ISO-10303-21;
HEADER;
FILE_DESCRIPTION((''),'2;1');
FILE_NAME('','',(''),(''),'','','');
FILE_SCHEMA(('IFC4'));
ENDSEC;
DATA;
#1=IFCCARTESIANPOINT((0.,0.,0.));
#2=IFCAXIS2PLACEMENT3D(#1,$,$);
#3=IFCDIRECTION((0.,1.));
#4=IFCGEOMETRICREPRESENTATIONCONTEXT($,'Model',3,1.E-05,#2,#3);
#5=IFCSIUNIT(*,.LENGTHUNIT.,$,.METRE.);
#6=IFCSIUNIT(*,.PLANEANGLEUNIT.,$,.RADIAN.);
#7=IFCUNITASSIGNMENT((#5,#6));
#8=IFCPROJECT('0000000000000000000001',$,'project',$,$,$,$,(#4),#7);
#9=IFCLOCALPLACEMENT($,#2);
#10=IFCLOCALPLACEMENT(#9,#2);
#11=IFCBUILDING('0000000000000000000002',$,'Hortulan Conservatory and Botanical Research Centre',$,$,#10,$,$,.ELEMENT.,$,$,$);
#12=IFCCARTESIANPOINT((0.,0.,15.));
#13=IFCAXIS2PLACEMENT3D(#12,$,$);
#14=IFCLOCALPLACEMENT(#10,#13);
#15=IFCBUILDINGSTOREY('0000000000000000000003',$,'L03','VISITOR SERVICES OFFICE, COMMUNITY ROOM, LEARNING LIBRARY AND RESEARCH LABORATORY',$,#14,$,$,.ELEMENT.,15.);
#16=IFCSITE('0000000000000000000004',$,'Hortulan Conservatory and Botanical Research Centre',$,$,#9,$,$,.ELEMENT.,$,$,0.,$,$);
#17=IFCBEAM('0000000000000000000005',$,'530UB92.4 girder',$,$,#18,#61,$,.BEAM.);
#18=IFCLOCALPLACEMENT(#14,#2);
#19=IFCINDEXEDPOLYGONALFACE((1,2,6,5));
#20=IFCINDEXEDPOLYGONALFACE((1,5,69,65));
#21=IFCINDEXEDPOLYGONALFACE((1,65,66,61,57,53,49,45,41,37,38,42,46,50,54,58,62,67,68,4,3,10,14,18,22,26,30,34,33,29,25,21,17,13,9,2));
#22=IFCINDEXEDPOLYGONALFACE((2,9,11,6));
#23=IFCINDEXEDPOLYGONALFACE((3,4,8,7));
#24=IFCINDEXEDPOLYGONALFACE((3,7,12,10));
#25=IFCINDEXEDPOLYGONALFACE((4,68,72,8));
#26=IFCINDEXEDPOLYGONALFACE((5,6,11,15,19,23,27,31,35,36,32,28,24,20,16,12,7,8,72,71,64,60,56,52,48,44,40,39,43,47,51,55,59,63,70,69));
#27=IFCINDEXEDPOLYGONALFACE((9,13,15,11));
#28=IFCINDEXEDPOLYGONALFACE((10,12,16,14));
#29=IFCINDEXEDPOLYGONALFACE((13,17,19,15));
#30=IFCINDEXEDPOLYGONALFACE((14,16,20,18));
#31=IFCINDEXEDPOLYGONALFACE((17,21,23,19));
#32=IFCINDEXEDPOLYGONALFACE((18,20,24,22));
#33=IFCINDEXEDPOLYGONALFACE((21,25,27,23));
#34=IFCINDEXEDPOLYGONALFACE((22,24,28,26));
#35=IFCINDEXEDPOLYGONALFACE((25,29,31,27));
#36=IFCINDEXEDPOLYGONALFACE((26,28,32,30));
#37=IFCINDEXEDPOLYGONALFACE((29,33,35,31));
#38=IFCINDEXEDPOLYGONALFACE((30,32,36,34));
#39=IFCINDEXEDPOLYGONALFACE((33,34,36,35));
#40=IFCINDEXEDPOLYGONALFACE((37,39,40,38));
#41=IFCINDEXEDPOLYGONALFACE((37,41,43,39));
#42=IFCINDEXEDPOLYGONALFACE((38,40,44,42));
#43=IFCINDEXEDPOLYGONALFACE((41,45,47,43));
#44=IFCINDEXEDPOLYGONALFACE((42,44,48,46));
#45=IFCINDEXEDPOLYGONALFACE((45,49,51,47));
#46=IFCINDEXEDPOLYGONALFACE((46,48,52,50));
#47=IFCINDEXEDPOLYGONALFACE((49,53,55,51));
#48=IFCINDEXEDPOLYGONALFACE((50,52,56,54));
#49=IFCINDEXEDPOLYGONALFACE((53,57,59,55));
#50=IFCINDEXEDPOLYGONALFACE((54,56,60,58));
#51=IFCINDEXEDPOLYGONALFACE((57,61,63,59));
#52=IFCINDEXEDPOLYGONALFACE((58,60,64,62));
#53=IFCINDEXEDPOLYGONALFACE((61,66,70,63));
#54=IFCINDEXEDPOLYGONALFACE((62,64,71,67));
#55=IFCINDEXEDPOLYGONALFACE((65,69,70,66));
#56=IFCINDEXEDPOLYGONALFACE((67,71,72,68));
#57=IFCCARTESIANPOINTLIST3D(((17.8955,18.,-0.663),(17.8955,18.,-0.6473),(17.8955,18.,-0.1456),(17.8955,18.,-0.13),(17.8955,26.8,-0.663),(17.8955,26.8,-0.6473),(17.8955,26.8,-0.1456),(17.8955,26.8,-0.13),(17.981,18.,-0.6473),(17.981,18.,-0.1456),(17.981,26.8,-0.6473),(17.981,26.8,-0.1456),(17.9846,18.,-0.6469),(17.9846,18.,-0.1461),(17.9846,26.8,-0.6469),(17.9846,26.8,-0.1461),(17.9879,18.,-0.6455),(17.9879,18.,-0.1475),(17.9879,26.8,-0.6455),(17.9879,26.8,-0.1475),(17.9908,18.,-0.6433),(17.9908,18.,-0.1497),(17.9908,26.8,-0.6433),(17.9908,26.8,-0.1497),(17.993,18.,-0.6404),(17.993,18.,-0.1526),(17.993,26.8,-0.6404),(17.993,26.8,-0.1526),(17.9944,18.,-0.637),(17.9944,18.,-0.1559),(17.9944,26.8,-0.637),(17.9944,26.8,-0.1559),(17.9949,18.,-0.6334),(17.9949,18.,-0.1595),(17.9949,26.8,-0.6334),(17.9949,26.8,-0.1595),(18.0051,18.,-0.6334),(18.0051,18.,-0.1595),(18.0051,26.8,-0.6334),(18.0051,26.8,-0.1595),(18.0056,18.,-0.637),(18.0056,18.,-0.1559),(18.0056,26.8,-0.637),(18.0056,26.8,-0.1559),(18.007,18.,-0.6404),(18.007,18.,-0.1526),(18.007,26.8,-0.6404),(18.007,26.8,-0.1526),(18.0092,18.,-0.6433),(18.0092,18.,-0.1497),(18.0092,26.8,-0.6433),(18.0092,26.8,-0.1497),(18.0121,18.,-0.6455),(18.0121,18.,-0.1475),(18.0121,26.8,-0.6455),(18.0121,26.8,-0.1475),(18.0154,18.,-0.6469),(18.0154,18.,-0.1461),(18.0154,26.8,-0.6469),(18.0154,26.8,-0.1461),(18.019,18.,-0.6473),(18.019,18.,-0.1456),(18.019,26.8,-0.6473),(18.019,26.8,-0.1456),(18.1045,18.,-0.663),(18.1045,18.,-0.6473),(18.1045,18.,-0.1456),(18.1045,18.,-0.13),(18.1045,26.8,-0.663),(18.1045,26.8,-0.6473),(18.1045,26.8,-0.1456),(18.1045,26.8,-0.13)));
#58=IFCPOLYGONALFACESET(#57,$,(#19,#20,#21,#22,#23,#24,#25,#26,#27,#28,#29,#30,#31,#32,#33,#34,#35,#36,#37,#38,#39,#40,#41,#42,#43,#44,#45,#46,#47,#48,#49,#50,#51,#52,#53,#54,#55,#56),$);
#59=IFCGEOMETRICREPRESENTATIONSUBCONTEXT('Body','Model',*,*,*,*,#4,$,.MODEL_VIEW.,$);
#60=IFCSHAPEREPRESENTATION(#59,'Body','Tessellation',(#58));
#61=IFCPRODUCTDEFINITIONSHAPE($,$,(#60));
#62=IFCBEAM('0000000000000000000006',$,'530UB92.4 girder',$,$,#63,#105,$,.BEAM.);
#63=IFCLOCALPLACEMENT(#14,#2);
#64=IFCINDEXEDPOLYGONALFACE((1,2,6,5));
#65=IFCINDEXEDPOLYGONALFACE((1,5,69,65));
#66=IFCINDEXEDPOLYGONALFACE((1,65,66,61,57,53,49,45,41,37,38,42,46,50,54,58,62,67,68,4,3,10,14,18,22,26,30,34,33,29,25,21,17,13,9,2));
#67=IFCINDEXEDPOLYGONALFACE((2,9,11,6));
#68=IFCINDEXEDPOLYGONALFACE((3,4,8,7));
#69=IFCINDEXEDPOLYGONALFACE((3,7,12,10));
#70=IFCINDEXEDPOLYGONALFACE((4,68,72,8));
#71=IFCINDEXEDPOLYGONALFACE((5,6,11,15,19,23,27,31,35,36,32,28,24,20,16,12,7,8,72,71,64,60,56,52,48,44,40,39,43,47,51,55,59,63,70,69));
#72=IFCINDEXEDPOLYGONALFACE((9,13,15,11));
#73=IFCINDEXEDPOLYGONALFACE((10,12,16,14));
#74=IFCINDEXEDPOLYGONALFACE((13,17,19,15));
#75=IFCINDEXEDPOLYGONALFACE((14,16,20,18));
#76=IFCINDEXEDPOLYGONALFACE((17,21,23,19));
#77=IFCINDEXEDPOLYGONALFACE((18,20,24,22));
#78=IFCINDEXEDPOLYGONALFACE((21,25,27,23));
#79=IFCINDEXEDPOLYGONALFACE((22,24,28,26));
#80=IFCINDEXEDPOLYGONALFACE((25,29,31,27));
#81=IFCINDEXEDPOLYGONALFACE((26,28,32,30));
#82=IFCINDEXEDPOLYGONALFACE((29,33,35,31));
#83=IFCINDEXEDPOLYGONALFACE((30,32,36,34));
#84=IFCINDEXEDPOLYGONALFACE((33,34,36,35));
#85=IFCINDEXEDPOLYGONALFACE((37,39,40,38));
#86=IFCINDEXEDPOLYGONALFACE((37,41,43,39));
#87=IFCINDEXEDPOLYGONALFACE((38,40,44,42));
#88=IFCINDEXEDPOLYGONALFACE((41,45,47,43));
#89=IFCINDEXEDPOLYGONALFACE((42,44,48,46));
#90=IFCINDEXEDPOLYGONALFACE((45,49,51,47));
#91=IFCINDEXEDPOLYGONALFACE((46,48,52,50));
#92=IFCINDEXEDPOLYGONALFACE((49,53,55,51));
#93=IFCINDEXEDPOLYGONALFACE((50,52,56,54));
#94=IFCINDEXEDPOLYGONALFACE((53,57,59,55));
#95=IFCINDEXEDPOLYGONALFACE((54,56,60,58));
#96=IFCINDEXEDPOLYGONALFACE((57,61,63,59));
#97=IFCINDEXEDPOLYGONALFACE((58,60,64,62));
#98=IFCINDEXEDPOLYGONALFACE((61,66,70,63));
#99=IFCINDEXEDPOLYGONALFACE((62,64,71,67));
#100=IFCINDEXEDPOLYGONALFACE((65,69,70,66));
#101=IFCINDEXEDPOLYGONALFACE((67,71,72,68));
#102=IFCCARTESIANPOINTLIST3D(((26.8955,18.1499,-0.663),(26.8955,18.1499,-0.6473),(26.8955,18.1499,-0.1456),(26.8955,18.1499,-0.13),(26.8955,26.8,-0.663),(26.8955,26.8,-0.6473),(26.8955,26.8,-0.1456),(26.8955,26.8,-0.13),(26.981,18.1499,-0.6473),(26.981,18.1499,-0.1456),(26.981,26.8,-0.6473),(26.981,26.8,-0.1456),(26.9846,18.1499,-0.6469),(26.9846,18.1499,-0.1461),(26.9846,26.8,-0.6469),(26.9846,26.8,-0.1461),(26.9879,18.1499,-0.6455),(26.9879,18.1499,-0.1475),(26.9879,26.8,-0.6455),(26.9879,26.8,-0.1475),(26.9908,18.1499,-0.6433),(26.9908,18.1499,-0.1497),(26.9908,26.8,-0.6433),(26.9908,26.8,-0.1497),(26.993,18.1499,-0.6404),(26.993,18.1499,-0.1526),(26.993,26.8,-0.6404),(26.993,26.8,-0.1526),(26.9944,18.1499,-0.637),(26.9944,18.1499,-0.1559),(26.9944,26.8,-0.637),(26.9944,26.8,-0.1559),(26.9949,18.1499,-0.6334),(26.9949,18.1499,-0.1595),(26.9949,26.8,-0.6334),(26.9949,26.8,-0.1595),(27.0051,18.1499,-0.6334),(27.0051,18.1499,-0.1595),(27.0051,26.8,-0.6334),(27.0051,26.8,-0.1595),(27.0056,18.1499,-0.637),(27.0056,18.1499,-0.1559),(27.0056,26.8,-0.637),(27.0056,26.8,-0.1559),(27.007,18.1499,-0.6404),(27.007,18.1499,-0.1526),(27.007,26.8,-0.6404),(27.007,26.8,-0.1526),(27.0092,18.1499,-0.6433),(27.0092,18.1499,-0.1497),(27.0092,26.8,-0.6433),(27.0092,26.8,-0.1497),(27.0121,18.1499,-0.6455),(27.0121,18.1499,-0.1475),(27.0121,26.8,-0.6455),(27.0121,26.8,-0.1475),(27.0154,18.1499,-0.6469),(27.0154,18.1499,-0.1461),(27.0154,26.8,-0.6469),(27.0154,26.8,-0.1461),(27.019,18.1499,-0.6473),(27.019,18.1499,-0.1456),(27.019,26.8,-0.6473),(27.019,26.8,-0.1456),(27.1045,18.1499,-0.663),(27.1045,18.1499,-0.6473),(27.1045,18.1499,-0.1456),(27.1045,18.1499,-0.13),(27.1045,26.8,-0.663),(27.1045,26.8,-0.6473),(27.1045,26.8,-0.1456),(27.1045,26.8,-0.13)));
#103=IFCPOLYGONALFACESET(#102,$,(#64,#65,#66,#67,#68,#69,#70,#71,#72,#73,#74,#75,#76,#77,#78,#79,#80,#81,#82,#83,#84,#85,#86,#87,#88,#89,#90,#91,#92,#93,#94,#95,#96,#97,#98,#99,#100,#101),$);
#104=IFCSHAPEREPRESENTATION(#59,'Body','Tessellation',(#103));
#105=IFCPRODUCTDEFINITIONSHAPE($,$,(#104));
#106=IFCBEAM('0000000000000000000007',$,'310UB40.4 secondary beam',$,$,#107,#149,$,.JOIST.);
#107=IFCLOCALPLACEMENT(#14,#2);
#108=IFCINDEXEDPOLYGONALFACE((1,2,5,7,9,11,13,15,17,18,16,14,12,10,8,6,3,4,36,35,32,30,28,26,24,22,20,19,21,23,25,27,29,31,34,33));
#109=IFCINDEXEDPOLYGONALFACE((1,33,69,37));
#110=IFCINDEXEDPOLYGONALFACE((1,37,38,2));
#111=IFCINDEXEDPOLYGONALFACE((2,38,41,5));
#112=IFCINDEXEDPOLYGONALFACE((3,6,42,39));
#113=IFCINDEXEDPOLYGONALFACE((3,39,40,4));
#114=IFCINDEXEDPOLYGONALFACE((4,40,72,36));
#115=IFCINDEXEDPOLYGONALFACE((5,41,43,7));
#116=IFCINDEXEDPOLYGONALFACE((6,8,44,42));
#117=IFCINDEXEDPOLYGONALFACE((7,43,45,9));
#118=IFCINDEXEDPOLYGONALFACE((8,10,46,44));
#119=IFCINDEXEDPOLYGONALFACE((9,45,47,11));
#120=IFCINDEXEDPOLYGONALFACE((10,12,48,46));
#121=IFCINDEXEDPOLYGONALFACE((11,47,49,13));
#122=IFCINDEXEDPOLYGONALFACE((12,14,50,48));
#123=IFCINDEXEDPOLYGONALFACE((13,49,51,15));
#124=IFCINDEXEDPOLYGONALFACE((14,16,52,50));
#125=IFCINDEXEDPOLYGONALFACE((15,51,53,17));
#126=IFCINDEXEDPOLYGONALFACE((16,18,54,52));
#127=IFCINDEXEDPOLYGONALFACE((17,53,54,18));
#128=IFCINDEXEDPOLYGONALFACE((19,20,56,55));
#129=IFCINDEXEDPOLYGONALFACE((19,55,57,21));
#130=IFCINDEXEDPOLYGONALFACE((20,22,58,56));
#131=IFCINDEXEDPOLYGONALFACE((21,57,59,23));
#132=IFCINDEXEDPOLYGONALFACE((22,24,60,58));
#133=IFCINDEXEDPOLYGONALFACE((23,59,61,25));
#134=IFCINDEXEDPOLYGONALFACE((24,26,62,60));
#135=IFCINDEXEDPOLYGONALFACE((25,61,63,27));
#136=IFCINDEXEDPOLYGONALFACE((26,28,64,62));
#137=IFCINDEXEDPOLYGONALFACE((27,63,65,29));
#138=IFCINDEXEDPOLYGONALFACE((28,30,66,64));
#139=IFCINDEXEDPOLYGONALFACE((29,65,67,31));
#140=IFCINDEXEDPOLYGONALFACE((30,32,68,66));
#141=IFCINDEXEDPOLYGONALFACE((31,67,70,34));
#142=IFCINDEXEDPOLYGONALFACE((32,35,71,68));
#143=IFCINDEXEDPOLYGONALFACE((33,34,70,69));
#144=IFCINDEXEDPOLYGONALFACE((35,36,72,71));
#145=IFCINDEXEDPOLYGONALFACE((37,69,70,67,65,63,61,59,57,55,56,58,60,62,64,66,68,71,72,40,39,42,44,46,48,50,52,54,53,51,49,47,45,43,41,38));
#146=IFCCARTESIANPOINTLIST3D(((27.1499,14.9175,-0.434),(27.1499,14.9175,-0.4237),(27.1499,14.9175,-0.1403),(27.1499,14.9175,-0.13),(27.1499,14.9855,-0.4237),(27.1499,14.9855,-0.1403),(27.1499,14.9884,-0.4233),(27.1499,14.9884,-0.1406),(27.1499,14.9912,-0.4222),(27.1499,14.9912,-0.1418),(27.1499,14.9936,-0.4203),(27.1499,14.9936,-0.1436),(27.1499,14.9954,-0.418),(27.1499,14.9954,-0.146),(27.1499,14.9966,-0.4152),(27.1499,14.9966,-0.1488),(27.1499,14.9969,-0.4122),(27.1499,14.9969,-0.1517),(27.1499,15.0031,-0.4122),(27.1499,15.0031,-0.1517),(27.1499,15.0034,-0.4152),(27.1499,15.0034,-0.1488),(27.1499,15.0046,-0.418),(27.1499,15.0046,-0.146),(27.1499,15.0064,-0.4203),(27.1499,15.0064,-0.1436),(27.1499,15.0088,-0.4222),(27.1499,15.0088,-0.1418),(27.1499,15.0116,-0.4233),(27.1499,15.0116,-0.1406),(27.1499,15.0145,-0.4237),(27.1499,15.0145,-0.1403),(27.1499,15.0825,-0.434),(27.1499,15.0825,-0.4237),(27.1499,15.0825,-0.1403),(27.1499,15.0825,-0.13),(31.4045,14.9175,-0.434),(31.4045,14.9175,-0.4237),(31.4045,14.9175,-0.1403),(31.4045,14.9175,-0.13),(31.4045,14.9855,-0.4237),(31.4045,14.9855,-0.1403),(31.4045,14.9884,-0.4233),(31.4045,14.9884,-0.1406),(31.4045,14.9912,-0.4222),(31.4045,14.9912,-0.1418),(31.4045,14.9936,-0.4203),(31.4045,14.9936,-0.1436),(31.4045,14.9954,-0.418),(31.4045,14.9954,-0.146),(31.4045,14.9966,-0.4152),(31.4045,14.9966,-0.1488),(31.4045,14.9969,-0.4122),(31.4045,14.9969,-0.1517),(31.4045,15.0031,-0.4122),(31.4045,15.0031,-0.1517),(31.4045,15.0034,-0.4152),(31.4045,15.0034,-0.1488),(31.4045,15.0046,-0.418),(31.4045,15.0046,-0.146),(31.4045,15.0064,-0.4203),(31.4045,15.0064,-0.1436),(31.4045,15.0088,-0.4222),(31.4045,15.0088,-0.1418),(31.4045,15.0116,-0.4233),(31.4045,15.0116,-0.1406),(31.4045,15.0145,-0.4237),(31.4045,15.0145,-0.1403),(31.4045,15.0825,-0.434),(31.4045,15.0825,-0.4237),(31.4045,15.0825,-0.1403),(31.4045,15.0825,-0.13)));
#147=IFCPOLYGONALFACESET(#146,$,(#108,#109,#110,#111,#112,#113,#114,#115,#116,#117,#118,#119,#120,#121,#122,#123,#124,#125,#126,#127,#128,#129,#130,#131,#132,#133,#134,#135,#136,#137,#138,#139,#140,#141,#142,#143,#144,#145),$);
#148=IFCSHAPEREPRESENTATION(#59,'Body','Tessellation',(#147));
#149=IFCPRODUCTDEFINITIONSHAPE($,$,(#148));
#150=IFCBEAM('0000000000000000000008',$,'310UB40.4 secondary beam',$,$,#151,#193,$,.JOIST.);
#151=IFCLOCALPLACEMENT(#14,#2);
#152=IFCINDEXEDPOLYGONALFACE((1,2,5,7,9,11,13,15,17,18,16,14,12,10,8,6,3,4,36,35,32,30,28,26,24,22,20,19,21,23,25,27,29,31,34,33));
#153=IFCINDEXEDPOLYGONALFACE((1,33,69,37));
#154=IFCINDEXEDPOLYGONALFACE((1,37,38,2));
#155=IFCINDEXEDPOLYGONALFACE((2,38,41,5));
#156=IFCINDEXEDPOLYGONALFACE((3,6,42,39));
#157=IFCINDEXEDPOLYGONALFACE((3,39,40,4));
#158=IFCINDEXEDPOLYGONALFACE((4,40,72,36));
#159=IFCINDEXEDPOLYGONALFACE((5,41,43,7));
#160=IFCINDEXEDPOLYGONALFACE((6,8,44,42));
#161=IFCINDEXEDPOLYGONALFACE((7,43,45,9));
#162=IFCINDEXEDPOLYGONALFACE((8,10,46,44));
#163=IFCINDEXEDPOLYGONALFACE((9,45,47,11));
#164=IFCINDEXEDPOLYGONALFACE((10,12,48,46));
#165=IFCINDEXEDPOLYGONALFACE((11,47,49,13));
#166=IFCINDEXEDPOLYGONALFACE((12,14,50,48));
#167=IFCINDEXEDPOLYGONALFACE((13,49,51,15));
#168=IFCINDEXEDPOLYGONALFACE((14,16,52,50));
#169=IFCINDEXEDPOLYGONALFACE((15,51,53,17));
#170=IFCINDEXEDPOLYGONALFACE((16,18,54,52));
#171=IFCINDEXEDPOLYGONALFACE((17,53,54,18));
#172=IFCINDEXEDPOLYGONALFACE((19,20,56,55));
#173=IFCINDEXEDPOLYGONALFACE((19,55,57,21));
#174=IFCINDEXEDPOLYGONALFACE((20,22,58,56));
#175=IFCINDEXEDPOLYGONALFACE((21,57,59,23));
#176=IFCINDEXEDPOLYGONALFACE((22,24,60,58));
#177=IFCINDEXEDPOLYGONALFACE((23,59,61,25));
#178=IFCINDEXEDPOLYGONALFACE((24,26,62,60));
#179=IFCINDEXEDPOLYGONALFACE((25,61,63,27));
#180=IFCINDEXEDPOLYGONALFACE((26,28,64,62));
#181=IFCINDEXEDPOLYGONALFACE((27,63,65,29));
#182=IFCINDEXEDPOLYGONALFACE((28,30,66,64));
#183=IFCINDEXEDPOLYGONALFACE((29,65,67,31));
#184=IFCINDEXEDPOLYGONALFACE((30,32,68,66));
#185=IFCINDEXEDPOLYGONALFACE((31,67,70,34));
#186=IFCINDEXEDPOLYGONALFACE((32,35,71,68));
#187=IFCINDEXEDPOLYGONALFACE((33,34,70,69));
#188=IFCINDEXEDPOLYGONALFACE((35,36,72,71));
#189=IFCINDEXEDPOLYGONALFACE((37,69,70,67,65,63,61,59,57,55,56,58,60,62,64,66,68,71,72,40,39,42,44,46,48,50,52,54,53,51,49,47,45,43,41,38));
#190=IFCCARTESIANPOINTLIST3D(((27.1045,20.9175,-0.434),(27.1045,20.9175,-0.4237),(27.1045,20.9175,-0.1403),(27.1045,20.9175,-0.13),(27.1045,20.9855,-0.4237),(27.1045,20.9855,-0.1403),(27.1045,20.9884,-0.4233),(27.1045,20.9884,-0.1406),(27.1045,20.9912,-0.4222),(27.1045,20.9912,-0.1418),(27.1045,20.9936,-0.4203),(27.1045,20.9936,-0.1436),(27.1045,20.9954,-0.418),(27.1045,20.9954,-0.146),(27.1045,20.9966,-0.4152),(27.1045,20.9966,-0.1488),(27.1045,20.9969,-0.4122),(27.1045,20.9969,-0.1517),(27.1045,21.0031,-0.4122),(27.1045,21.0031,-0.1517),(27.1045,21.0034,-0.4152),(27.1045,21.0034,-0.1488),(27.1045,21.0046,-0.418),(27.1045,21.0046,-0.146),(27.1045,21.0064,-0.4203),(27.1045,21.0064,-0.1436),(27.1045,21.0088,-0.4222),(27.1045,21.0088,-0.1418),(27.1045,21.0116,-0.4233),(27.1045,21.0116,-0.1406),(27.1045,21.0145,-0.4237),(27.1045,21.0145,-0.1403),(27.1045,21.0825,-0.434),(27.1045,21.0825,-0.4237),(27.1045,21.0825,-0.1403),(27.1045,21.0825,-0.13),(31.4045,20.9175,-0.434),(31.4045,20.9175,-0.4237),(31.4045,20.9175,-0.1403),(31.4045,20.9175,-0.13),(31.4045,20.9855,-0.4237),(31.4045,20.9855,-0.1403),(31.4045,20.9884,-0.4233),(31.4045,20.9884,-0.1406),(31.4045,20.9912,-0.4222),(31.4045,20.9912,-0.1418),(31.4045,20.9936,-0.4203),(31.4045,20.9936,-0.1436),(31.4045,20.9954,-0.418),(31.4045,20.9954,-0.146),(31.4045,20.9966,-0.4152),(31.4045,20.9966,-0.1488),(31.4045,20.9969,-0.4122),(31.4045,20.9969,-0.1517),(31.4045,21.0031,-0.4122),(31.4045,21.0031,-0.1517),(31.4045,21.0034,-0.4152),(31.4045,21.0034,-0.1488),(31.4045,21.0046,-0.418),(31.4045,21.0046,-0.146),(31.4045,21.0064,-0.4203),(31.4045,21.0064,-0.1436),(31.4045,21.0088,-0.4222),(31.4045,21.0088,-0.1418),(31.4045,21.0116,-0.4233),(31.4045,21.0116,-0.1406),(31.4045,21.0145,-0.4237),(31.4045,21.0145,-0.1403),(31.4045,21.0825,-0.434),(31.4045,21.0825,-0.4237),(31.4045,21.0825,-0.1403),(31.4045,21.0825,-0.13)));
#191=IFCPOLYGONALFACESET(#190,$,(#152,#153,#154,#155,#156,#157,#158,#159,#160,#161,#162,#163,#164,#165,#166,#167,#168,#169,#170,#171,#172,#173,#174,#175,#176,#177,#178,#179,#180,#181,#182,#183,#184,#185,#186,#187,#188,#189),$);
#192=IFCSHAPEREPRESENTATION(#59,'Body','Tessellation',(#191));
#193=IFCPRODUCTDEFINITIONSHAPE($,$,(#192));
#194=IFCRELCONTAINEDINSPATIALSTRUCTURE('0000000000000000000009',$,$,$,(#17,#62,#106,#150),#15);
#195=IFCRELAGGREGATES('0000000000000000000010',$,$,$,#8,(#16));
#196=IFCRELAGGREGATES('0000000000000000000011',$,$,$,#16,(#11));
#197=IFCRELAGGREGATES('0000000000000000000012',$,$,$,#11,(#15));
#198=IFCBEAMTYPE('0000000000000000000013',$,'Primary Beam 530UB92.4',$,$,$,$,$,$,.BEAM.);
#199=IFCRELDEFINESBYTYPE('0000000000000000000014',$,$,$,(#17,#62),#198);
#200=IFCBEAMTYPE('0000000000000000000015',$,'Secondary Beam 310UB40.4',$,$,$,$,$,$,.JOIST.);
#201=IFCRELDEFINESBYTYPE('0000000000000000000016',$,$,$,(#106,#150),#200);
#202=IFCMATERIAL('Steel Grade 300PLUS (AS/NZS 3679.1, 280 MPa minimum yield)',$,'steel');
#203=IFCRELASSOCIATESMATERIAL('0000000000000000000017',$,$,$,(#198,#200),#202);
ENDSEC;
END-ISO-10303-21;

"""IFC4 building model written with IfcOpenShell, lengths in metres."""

from ifc_helpers import new_model, si_unit, direction, frame, origin, origin_2d, place, context, subcontext, project, spatial, i_section, extrude, material, material_profile, profile_set, type_object, element, save


model = new_model("IFC4")

# Units and contexts
model_context = context("Model", 3, precision=1e-05, world=origin(), true_north=direction((0.0, 1.0)))
body_context = subcontext(model_context, "Body", "Model", "MODEL_VIEW")
ifc_project = project(units=[si_unit("LENGTHUNIT", "METRE"), si_unit("PLANEANGLEUNIT", "RADIAN")], contexts=[model_context])

# Site, building, storey
site_placement = place(None, origin())
site = spatial("IfcSite", under=ifc_project, at=site_placement, Name="Hortulan Conservatory and Botanical Research Centre", CompositionType="ELEMENT", RefElevation=0.0)
building_placement = place(site_placement, origin())
building = spatial("IfcBuilding", under=site, at=building_placement, Name="Hortulan Conservatory and Botanical Research Centre", CompositionType="ELEMENT")
storey_placement = place(building_placement, frame((0.0, 0.0, 15.0)))
storey = spatial("IfcBuildingStorey", under=building, at=storey_placement, Name="L03", Description="VISITOR SERVICES OFFICE, COMMUNITY ROOM, LEARNING LIBRARY AND RESEARCH LABORATORY", CompositionType="ELEMENT", Elevation=15.0)

# Beams
ifc_material_1 = material(Name="Steel Grade 300PLUS (AS/NZS 3679.1, 280 MPa minimum yield)", Category="steel")
ifc_material_profile_1 = material_profile(ifc_material_1, i_section(OverallWidth=0.209, OverallDepth=0.533, WebThickness=0.0103, FlangeThickness=0.0156, FilletRadius=0.0139, at=origin_2d()), Name="530UB92.4")
ifc_profile_set_1 = profile_set([ifc_material_profile_1], Name="Steel Grade 300PLUS (AS/NZS 3679.1, 280 MPa minimum yield)")
beam_type_1 = type_object("IfcBeamType", Name="Primary Beam 530UB92.4", PredefinedType="BEAM", material=ifc_profile_set_1)
beam_1_placement = place(storey_placement, frame((18.0, 18.0, -0.3965), z_axis=(0.0, 1.0, 0.0), x_axis=(-1.0, 0.0, 0.0)))
element("IfcBeam", 1, at=beam_1_placement, inside=storey, type_object=beam_type_1, Name="530UB92.4 girder", PredefinedType="BEAM", context=body_context, shape_type="SweptSolid", body=[
    extrude(i_section(OverallWidth=0.209, OverallDepth=0.533, WebThickness=0.0103, FlangeThickness=0.0156, FilletRadius=0.0139, at=origin_2d()), origin(), (0.0, 0.0, 1.0), 8.8),
])
beam_2_placement = place(storey_placement, frame((27.0, 18.1499, -0.3965), z_axis=(0.0, 1.0, 0.0), x_axis=(-1.0, 0.0, 0.0)))
element("IfcBeam", 2, at=beam_2_placement, inside=storey, type_object=beam_type_1, Name="530UB92.4 girder", PredefinedType="BEAM", context=body_context, shape_type="SweptSolid", body=[
    extrude(i_section(OverallWidth=0.209, OverallDepth=0.533, WebThickness=0.0103, FlangeThickness=0.0156, FilletRadius=0.0139, at=origin_2d()), origin(), (0.0, 0.0, 1.0), 8.6501),
])
ifc_material_profile_2 = material_profile(ifc_material_1, i_section(OverallWidth=0.165, OverallDepth=0.304, WebThickness=0.0061, FlangeThickness=0.0103, FilletRadius=0.0115, at=origin_2d()), Name="310UB40.4")
ifc_profile_set_2 = profile_set([ifc_material_profile_2], Name="Steel Grade 300PLUS (AS/NZS 3679.1, 280 MPa minimum yield)")
beam_type_2 = type_object("IfcBeamType", Name="Secondary Beam 310UB40.4", PredefinedType="JOIST", material=ifc_profile_set_2)
beam_3_placement = place(storey_placement, frame((27.1499, 15.0, -0.282), z_axis=(1.0, 0.0, 0.0), x_axis=(0.0, 1.0, 0.0)))
element("IfcBeam", 3, at=beam_3_placement, inside=storey, type_object=beam_type_2, Name="310UB40.4 secondary beam", PredefinedType="JOIST", context=body_context, shape_type="SweptSolid", body=[
    extrude(i_section(OverallWidth=0.165, OverallDepth=0.304, WebThickness=0.0061, FlangeThickness=0.0103, FilletRadius=0.0115, at=origin_2d()), origin(), (0.0, 0.0, 1.0), 4.2546),
])
for number, where, z_axis, x_axis, name in (
    (4, (27.1045, 21.0, -0.282), (1.0, 0.0, 0.0), (0.0, 1.0, 0.0), "310UB40.4 secondary beam"),
):
    element("IfcBeam", number, at=place(storey_placement, frame(where, z_axis=z_axis, x_axis=x_axis)), inside=storey, type_object=beam_type_2, Name=name, PredefinedType="JOIST", context=body_context, shape_type="SweptSolid", body=[
        extrude(i_section(OverallWidth=0.165, OverallDepth=0.304, WebThickness=0.0061, FlangeThickness=0.0103, FilletRadius=0.0115, at=origin_2d()), origin(), (0.0, 0.0, 1.0), 4.3),
    ])

save(model, "model.ifc")
